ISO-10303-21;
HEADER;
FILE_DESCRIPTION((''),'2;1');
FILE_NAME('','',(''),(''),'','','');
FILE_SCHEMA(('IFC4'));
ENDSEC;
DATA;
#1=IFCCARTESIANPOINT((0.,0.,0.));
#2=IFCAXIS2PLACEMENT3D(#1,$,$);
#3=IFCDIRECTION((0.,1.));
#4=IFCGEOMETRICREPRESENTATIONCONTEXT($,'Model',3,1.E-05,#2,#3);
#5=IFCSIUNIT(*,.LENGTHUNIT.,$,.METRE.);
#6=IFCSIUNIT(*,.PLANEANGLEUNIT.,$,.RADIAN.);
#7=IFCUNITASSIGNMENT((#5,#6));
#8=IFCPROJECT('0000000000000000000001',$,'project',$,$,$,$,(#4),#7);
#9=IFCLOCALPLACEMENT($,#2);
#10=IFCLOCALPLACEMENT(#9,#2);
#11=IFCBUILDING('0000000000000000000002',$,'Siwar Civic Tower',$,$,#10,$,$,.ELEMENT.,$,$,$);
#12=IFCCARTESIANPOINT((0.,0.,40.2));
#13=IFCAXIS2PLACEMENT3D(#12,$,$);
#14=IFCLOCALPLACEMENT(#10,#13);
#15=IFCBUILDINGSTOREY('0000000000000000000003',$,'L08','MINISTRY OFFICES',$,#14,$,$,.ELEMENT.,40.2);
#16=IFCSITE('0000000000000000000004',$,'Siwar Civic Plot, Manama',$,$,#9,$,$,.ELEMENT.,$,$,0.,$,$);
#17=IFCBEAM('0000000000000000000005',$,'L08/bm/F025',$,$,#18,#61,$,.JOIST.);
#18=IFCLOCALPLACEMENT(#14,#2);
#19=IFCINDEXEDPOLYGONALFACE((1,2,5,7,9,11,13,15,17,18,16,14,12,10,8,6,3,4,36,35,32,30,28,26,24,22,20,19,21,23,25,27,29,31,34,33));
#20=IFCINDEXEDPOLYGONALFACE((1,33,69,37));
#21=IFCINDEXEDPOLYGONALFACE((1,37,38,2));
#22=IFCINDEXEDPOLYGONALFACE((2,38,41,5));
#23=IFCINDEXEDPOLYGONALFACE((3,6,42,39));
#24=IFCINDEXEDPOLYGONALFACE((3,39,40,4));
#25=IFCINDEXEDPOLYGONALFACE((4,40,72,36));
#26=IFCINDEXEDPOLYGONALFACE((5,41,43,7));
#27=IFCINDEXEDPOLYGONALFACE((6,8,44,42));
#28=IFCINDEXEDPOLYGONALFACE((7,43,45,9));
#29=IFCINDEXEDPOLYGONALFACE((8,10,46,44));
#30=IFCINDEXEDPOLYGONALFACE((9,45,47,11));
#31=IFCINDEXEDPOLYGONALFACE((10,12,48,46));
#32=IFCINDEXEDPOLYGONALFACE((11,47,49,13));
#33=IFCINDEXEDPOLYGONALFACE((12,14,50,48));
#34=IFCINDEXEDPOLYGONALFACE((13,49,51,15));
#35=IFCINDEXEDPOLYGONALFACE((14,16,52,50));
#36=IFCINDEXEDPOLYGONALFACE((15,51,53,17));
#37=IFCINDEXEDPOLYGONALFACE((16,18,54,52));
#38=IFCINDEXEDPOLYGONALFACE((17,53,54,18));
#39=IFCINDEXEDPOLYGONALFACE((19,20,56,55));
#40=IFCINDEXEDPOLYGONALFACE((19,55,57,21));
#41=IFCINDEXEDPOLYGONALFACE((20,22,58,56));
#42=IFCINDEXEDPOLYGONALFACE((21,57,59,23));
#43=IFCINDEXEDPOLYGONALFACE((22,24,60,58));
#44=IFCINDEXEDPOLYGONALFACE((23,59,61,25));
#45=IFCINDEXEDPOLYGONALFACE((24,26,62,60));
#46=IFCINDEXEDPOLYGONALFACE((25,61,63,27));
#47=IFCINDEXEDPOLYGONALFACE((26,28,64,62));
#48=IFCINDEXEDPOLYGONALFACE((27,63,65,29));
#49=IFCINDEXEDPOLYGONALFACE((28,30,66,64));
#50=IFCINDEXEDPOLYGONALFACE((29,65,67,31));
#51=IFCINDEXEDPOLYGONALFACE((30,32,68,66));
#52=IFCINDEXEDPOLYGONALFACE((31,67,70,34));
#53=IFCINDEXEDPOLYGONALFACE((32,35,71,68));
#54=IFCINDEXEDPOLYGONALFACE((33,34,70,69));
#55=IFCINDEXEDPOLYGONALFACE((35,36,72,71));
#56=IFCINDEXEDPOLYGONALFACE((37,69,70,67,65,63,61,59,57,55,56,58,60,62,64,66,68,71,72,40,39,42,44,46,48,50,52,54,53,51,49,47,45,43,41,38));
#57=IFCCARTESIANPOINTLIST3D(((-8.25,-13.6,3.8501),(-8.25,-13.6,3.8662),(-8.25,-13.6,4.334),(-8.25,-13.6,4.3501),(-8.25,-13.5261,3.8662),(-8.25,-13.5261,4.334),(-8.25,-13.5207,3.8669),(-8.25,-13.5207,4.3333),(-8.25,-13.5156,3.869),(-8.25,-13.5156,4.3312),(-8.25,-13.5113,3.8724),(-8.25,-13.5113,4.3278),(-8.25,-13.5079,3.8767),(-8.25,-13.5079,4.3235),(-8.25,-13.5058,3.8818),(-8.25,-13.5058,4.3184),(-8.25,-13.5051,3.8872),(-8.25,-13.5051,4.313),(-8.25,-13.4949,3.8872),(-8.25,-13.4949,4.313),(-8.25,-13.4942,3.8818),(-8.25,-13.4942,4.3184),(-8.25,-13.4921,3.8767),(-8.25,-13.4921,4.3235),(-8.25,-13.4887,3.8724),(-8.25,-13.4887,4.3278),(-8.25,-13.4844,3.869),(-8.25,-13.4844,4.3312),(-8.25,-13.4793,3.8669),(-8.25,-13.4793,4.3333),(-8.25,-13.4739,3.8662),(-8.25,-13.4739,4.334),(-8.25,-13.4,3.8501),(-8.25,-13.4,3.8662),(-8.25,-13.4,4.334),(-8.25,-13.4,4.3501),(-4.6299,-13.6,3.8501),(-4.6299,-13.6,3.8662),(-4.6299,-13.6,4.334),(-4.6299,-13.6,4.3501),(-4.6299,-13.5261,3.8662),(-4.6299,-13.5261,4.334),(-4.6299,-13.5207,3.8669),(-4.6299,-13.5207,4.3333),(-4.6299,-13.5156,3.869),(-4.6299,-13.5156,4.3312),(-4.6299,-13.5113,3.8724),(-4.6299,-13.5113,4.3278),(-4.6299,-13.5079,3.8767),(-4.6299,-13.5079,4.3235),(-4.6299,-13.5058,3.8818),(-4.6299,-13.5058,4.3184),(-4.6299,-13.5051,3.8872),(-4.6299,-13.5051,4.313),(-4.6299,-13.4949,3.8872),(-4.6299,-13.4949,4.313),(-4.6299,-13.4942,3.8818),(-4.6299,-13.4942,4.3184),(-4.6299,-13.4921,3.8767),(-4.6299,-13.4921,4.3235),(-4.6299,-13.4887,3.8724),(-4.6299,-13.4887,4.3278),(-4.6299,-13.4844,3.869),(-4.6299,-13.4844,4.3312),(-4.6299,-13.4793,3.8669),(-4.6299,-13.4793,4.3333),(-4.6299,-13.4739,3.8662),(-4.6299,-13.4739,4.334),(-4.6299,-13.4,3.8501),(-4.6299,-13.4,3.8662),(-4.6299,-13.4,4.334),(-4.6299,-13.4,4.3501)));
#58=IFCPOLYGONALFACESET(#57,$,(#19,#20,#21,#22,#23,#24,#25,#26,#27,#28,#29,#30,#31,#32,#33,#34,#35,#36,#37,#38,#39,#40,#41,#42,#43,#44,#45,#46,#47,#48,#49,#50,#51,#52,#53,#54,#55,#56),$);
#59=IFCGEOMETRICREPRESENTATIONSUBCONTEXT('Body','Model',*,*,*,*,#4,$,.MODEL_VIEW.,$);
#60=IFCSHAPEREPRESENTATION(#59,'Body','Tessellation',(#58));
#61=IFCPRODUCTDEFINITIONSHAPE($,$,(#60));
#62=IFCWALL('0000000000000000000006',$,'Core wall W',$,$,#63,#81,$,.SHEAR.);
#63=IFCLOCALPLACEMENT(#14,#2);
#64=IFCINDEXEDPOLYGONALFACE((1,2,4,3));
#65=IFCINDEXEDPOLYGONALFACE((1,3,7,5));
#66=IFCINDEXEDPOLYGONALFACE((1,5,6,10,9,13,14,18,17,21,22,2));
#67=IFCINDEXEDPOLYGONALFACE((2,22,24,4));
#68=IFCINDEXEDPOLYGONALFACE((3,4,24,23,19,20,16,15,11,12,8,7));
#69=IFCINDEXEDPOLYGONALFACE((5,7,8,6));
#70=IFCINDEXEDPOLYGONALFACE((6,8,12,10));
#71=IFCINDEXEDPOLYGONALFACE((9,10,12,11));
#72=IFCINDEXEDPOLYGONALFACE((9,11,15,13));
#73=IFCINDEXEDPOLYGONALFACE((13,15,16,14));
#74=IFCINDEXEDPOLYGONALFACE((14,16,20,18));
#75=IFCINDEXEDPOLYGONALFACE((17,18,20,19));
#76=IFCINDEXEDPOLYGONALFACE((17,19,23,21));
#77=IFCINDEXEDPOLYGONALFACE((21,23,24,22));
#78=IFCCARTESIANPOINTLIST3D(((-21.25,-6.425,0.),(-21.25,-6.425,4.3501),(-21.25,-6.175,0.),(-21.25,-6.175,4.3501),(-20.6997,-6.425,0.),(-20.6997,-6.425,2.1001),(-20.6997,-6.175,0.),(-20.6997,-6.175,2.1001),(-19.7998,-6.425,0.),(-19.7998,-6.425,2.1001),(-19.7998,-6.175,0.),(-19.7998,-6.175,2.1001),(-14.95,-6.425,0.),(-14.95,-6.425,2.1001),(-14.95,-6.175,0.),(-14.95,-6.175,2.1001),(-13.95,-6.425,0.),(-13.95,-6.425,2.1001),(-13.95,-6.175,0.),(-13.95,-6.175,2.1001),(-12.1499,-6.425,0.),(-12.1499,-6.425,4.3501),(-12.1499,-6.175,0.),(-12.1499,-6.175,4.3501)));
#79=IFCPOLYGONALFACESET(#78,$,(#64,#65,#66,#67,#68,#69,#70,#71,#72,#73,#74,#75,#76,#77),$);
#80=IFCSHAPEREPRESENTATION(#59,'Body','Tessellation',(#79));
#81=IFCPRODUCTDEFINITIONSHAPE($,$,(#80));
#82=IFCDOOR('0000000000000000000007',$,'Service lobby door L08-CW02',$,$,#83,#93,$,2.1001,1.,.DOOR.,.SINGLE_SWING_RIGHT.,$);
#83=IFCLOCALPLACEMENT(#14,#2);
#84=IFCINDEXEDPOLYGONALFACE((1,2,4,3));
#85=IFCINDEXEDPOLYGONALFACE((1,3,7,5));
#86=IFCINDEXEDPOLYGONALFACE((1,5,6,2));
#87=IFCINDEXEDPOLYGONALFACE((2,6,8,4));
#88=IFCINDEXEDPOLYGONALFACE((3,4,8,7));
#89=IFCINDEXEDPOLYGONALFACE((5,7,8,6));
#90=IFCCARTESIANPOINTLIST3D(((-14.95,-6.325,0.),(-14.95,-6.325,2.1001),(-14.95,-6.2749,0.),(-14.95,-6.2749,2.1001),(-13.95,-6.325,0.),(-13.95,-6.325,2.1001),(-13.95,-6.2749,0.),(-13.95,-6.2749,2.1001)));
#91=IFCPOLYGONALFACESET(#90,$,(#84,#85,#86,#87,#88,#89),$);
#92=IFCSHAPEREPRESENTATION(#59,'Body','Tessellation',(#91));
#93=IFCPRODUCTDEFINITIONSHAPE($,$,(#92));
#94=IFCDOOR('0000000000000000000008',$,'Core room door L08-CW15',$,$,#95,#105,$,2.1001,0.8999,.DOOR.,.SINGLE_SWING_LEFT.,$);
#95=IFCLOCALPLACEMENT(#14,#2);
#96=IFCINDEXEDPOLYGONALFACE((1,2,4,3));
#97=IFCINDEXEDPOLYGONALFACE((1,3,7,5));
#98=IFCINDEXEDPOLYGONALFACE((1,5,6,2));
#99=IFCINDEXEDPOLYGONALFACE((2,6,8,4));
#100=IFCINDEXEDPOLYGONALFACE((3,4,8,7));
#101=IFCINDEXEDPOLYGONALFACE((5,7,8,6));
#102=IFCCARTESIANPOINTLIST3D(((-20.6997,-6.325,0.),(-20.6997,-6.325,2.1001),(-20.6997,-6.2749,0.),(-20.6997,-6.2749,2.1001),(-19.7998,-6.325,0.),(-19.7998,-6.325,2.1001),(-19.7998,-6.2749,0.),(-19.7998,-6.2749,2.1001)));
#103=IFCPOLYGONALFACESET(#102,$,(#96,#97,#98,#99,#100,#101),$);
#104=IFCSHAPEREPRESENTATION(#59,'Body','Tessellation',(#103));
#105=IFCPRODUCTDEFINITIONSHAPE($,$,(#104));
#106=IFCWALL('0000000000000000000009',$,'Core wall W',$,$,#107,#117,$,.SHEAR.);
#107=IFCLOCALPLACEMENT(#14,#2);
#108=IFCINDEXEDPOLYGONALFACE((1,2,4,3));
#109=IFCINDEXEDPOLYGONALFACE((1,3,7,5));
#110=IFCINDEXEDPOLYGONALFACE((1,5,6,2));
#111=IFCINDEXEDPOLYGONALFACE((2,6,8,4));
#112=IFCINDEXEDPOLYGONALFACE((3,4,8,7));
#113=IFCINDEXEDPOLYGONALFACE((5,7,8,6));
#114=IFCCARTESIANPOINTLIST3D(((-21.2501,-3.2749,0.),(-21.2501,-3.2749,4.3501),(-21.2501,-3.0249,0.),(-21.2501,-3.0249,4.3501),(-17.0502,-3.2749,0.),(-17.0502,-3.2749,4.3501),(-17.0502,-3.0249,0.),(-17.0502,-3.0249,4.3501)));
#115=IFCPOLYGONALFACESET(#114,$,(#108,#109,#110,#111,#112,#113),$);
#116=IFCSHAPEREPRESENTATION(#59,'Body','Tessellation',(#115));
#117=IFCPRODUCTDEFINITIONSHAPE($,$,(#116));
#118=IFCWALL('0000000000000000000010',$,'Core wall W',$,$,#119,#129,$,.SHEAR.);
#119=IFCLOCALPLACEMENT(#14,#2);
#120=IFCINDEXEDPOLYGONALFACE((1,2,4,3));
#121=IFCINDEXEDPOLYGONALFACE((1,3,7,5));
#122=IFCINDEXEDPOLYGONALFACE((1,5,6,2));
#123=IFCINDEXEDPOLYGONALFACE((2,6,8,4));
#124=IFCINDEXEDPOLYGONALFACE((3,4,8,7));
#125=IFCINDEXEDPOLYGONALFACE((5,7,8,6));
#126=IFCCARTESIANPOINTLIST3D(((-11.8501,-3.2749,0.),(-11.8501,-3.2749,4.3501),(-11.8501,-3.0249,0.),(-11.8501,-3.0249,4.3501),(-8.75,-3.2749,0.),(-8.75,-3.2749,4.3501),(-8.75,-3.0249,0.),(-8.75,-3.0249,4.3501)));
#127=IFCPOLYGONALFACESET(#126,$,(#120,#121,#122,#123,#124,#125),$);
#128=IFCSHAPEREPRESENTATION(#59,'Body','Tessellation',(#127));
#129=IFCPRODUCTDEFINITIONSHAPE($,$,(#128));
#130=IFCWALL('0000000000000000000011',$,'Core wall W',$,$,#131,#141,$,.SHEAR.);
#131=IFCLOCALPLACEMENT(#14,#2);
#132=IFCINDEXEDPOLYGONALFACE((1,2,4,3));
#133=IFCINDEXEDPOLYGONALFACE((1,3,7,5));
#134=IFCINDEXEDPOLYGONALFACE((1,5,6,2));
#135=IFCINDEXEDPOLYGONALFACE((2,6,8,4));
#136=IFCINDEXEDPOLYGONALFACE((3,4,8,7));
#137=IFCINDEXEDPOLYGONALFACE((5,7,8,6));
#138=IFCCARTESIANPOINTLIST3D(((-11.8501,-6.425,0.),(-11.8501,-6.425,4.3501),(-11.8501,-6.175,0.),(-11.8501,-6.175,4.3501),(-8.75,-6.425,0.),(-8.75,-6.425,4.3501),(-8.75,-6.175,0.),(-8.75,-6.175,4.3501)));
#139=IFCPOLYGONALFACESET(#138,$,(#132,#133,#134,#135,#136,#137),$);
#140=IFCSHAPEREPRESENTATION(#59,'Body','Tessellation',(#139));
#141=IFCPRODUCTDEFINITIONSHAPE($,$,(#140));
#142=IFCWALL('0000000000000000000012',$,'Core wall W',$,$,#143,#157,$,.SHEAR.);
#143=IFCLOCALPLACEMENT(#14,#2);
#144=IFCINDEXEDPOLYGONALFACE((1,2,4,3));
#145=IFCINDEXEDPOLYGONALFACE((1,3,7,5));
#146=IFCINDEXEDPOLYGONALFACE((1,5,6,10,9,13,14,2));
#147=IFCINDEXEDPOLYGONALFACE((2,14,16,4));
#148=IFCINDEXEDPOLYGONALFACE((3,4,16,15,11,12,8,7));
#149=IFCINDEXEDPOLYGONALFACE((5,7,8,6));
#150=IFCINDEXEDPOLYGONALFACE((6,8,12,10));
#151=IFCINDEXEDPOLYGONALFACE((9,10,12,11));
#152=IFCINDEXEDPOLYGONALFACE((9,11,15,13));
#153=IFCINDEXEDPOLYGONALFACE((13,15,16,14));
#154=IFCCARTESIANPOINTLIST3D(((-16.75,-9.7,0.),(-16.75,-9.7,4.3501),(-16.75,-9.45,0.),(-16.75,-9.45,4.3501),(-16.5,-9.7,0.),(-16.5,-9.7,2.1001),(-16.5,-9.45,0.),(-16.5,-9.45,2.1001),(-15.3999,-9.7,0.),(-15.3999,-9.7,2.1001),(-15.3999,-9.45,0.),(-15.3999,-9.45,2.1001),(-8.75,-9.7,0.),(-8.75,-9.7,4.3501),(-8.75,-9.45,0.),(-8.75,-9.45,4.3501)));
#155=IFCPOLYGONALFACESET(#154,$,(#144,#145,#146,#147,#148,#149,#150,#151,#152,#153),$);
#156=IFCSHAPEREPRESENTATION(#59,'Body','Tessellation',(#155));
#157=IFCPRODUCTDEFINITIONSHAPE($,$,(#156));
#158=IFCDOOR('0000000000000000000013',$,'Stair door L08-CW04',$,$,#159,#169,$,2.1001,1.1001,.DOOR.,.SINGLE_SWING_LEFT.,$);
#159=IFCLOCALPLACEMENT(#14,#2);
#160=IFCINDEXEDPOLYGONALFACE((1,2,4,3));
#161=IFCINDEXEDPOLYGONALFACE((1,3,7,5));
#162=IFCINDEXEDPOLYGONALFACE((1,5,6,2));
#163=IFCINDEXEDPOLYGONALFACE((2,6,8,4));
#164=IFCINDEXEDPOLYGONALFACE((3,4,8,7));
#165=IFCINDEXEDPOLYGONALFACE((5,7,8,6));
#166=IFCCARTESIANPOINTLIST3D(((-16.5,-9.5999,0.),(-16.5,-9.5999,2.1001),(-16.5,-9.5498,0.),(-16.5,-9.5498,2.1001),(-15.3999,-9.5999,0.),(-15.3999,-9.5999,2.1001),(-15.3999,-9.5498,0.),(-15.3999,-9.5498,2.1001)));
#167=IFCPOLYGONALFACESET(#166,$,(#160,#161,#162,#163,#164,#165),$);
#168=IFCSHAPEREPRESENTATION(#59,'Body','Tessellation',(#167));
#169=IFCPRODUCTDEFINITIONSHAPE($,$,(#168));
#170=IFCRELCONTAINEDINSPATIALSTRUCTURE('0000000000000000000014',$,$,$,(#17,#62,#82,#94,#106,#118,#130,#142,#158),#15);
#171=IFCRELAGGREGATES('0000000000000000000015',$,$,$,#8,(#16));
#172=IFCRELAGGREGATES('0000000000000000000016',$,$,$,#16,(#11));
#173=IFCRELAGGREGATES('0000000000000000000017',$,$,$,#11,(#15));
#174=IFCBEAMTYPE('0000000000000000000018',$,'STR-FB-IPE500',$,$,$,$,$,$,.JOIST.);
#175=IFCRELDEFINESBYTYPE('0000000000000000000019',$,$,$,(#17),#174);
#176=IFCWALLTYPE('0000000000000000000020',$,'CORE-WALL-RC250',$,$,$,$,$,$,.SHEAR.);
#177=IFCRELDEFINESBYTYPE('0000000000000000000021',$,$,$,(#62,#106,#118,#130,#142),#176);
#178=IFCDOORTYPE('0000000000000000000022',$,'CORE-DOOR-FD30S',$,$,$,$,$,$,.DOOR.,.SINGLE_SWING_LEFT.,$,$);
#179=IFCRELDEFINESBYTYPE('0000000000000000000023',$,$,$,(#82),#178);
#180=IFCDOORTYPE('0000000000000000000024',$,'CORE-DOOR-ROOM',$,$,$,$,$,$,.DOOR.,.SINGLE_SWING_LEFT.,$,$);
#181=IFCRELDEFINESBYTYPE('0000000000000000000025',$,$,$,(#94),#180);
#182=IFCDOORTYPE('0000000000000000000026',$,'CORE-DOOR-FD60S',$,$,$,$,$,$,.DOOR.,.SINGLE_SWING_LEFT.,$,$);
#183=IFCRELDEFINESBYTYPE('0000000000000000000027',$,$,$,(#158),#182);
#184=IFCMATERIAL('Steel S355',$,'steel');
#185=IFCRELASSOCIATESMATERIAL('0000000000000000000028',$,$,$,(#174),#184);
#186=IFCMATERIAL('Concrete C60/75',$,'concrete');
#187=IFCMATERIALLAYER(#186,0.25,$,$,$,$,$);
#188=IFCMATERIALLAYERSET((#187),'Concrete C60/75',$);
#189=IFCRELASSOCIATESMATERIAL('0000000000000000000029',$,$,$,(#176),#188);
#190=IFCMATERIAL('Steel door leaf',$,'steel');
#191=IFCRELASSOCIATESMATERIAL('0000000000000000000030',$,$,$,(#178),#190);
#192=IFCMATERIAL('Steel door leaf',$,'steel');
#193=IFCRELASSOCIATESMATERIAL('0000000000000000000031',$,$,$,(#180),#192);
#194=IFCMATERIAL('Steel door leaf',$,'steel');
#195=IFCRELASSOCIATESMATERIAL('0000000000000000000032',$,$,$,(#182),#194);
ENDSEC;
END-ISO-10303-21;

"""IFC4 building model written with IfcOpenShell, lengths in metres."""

from ifc_helpers import new_model, si_unit, direction, frame, frame_2d, origin, origin_2d, place, context, subcontext, project, spatial, rectangle, i_section, extrude, material, layer, layer_set, material_profile, profile_set, type_object, element, fill, save


model = new_model("IFC4")

# Units and contexts
model_context = context("Model", 3, precision=1e-05, world=origin(), true_north=direction((0.0, 1.0)))
body_context = subcontext(model_context, "Body", "Model", "MODEL_VIEW")
ifc_project = project(units=[si_unit("LENGTHUNIT", "METRE"), si_unit("PLANEANGLEUNIT", "RADIAN")], contexts=[model_context])

# Site, building, storey
site_placement = place(None, origin())
site = spatial("IfcSite", under=ifc_project, at=site_placement, Name="Siwar Civic Plot, Manama", CompositionType="ELEMENT", RefElevation=0.0)
building_placement = place(site_placement, origin())
building = spatial("IfcBuilding", under=site, at=building_placement, Name="Siwar Civic Tower", CompositionType="ELEMENT")
storey_placement = place(building_placement, frame((0.0, 0.0, 40.2)))
storey = spatial("IfcBuildingStorey", under=building, at=storey_placement, Name="L08", Description="MINISTRY OFFICES", CompositionType="ELEMENT", Elevation=40.2)

# Beam
ifc_material_1 = material(Name="Steel S355", Category="steel")
ifc_material_profile = material_profile(ifc_material_1, i_section(OverallWidth=0.2, OverallDepth=0.5, WebThickness=0.0103, FlangeThickness=0.0161, FilletRadius=0.021, at=origin_2d()), Name="IPE500")
ifc_profile_set = profile_set([ifc_material_profile], Name="Steel S355")
beam_type = type_object("IfcBeamType", Name="STR-FB-IPE500", PredefinedType="JOIST", material=ifc_profile_set)
beam_placement = place(storey_placement, frame((-8.25, -13.5, 4.1001), z_axis=(1.0, 0.0, 0.0), x_axis=(0.0, 1.0, 0.0)))
element("IfcBeam", 1, at=beam_placement, inside=storey, type_object=beam_type, Name="L08/bm/F025", PredefinedType="JOIST", context=body_context, shape_type="SweptSolid", body=[
    extrude(i_section(OverallWidth=0.2, OverallDepth=0.5, WebThickness=0.0103, FlangeThickness=0.0161, FilletRadius=0.021, at=origin_2d()), origin(), (0.0, 0.0, 1.0), 3.6201),
])

# Wall, openings, doors
ifc_material_2 = material(Name="Concrete C60/75", Category="concrete")
ifc_layer_1 = layer(ifc_material_2, 0.25)
ifc_layer_set_1 = layer_set([ifc_layer_1], Name="Concrete C60/75")
wall_type_1 = type_object("IfcWallType", Name="CORE-WALL-RC250", PredefinedType="SHEAR", material=ifc_layer_set_1)
wall_1_placement = place(storey_placement, frame((-12.1499, -6.3, 0.0), z_axis=(0.0, 0.0, 1.0), x_axis=(-1.0, 0.0, 0.0)))
wall_1 = element("IfcWall", 2, at=wall_1_placement, inside=storey, type_object=wall_type_1, Name="Core wall W", PredefinedType="SHEAR", context=body_context, shape_type="SweptSolid", body=[
    extrude(rectangle(XDim=9.1001, YDim=0.25, at=frame_2d((4.55, 0.0))), origin(), (0.0, 0.0, 1.0), 4.3501),
])
opening_1_placement = place(wall_1_placement, frame((1.8, 0.0, 0.0)))
opening_1 = element("IfcOpeningElement", 3, at=opening_1_placement, cuts=wall_1, PredefinedType="OPENING", context=body_context, shape_type="SweptSolid", body=[
    extrude(rectangle(XDim=1.0, YDim=2.1001, at=frame_2d((0.5, 1.05))), frame((0.0, 0.135, 0.0), z_axis=(0.0, -1.0, 0.0), x_axis=(1.0, 0.0, 0.0)), (0.0, 0.0, 1.0), 0.27),
])
opening_2_placement = place(wall_1_placement, frame((7.6499, 0.0, 0.0)))
opening_2 = element("IfcOpeningElement", 4, at=opening_2_placement, cuts=wall_1, PredefinedType="OPENING", context=body_context, shape_type="SweptSolid", body=[
    extrude(rectangle(XDim=0.8999, YDim=2.1001, at=frame_2d((0.45, 1.05))), frame((0.0, 0.135, 0.0), z_axis=(0.0, -1.0, 0.0), x_axis=(1.0, 0.0, 0.0)), (0.0, 0.0, 1.0), 0.27),
])
ifc_material_3 = material(Name="Steel door leaf", Category="steel")
door_type_1 = type_object("IfcDoorType", Name="CORE-DOOR-FD30S", OperationType="SINGLE_SWING_LEFT", PredefinedType="DOOR", material=ifc_material_3)
door_1_placement = place(opening_1_placement, origin())
door_1 = element("IfcDoor", 5, at=door_1_placement, inside=storey, type_object=door_type_1, Name="Service lobby door L08-CW02", OperationType="SINGLE_SWING_RIGHT", OverallHeight=2.1001, OverallWidth=1.0, PredefinedType="DOOR", context=body_context, shape_type="SweptSolid", body=[
    extrude(rectangle(XDim=1.0, YDim=2.1001, at=frame_2d((0.5, 1.05))), frame((0.0, 0.0249, 0.0), z_axis=(0.0, -1.0, 0.0), x_axis=(1.0, 0.0, 0.0)), (0.0, 0.0, 1.0), 0.05),
])
fill(opening_1, door_1)
ifc_material_4 = material(Name="Steel door leaf", Category="steel")
door_type_2 = type_object("IfcDoorType", Name="CORE-DOOR-ROOM", OperationType="SINGLE_SWING_LEFT", PredefinedType="DOOR", material=ifc_material_4)
door_2_placement = place(opening_2_placement, origin())
door_2 = element("IfcDoor", 6, at=door_2_placement, inside=storey, type_object=door_type_2, Name="Core room door L08-CW15", OperationType="SINGLE_SWING_LEFT", OverallHeight=2.1001, OverallWidth=0.8999, PredefinedType="DOOR", context=body_context, shape_type="SweptSolid", body=[
    extrude(rectangle(XDim=0.8999, YDim=2.1001, at=frame_2d((0.45, 1.05))), frame((0.0, 0.0249, 0.0), z_axis=(0.0, -1.0, 0.0), x_axis=(1.0, 0.0, 0.0)), (0.0, 0.0, 1.0), 0.05),
])
fill(opening_2, door_2)

# Walls
wall_2_placement = place(storey_placement, frame((-17.05, -3.1499, 0.0), z_axis=(0.0, 0.0, 1.0), x_axis=(-1.0, 0.0, 0.0)))
element("IfcWall", 7, at=wall_2_placement, inside=storey, type_object=wall_type_1, Name="Core wall W", PredefinedType="SHEAR", context=body_context, shape_type="SweptSolid", body=[
    extrude(rectangle(XDim=4.2, YDim=0.25, at=frame_2d((2.1001, 0.0))), origin(), (0.0, 0.0, 1.0), 4.3501),
])
for number, where, z_axis, x_axis, name in (
    (8, (-8.75, -3.1499, 0.0), (0.0, 0.0, 1.0), (-1.0, 0.0, 0.0), "Core wall W"),
    (9, (-8.75, -6.3, 0.0), (0.0, 0.0, 1.0), (-1.0, 0.0, 0.0), "Core wall W"),
):
    element("IfcWall", number, at=place(storey_placement, frame(where, z_axis=z_axis, x_axis=x_axis)), inside=storey, type_object=wall_type_1, Name=name, PredefinedType="SHEAR", context=body_context, shape_type="SweptSolid", body=[
        extrude(rectangle(XDim=3.1001, YDim=0.25, at=frame_2d((1.55, 0.0))), origin(), (0.0, 0.0, 1.0), 4.3501),
    ])

# Wall, opening, door
wall_3_placement = place(storey_placement, frame((-8.75, -9.575, 0.0), z_axis=(0.0, 0.0, 1.0), x_axis=(-1.0, 0.0, 0.0)))
wall_3 = element("IfcWall", 10, at=wall_3_placement, inside=storey, type_object=wall_type_1, Name="Core wall W", PredefinedType="SHEAR", context=body_context, shape_type="SweptSolid", body=[
    extrude(rectangle(XDim=8.0, YDim=0.25, at=frame_2d((4.0, 0.0))), origin(), (0.0, 0.0, 1.0), 4.3501),
])
opening_3_placement = place(wall_3_placement, frame((6.6499, 0.0, 0.0)))
opening_3 = element("IfcOpeningElement", 11, at=opening_3_placement, cuts=wall_3, PredefinedType="OPENING", context=body_context, shape_type="SweptSolid", body=[
    extrude(rectangle(XDim=1.1001, YDim=2.1001, at=frame_2d((0.55, 1.05))), frame((0.0, 0.135, 0.0), z_axis=(0.0, -1.0, 0.0), x_axis=(1.0, 0.0, 0.0)), (0.0, 0.0, 1.0), 0.27),
])
ifc_material_5 = material(Name="Steel door leaf", Category="steel")
door_type_3 = type_object("IfcDoorType", Name="CORE-DOOR-FD60S", OperationType="SINGLE_SWING_LEFT", PredefinedType="DOOR", material=ifc_material_5)
door_3_placement = place(opening_3_placement, origin())
door_3 = element("IfcDoor", 12, at=door_3_placement, inside=storey, type_object=door_type_3, Name="Stair door L08-CW04", OperationType="SINGLE_SWING_LEFT", OverallHeight=2.1001, OverallWidth=1.1001, PredefinedType="DOOR", context=body_context, shape_type="SweptSolid", body=[
    extrude(rectangle(XDim=1.1001, YDim=2.1001, at=frame_2d((0.55, 1.05))), frame((0.0, 0.0249, 0.0), z_axis=(0.0, -1.0, 0.0), x_axis=(1.0, 0.0, 0.0)), (0.0, 0.0, 1.0), 0.05),
])
fill(opening_3, door_3)

save(model, "model.ifc")
